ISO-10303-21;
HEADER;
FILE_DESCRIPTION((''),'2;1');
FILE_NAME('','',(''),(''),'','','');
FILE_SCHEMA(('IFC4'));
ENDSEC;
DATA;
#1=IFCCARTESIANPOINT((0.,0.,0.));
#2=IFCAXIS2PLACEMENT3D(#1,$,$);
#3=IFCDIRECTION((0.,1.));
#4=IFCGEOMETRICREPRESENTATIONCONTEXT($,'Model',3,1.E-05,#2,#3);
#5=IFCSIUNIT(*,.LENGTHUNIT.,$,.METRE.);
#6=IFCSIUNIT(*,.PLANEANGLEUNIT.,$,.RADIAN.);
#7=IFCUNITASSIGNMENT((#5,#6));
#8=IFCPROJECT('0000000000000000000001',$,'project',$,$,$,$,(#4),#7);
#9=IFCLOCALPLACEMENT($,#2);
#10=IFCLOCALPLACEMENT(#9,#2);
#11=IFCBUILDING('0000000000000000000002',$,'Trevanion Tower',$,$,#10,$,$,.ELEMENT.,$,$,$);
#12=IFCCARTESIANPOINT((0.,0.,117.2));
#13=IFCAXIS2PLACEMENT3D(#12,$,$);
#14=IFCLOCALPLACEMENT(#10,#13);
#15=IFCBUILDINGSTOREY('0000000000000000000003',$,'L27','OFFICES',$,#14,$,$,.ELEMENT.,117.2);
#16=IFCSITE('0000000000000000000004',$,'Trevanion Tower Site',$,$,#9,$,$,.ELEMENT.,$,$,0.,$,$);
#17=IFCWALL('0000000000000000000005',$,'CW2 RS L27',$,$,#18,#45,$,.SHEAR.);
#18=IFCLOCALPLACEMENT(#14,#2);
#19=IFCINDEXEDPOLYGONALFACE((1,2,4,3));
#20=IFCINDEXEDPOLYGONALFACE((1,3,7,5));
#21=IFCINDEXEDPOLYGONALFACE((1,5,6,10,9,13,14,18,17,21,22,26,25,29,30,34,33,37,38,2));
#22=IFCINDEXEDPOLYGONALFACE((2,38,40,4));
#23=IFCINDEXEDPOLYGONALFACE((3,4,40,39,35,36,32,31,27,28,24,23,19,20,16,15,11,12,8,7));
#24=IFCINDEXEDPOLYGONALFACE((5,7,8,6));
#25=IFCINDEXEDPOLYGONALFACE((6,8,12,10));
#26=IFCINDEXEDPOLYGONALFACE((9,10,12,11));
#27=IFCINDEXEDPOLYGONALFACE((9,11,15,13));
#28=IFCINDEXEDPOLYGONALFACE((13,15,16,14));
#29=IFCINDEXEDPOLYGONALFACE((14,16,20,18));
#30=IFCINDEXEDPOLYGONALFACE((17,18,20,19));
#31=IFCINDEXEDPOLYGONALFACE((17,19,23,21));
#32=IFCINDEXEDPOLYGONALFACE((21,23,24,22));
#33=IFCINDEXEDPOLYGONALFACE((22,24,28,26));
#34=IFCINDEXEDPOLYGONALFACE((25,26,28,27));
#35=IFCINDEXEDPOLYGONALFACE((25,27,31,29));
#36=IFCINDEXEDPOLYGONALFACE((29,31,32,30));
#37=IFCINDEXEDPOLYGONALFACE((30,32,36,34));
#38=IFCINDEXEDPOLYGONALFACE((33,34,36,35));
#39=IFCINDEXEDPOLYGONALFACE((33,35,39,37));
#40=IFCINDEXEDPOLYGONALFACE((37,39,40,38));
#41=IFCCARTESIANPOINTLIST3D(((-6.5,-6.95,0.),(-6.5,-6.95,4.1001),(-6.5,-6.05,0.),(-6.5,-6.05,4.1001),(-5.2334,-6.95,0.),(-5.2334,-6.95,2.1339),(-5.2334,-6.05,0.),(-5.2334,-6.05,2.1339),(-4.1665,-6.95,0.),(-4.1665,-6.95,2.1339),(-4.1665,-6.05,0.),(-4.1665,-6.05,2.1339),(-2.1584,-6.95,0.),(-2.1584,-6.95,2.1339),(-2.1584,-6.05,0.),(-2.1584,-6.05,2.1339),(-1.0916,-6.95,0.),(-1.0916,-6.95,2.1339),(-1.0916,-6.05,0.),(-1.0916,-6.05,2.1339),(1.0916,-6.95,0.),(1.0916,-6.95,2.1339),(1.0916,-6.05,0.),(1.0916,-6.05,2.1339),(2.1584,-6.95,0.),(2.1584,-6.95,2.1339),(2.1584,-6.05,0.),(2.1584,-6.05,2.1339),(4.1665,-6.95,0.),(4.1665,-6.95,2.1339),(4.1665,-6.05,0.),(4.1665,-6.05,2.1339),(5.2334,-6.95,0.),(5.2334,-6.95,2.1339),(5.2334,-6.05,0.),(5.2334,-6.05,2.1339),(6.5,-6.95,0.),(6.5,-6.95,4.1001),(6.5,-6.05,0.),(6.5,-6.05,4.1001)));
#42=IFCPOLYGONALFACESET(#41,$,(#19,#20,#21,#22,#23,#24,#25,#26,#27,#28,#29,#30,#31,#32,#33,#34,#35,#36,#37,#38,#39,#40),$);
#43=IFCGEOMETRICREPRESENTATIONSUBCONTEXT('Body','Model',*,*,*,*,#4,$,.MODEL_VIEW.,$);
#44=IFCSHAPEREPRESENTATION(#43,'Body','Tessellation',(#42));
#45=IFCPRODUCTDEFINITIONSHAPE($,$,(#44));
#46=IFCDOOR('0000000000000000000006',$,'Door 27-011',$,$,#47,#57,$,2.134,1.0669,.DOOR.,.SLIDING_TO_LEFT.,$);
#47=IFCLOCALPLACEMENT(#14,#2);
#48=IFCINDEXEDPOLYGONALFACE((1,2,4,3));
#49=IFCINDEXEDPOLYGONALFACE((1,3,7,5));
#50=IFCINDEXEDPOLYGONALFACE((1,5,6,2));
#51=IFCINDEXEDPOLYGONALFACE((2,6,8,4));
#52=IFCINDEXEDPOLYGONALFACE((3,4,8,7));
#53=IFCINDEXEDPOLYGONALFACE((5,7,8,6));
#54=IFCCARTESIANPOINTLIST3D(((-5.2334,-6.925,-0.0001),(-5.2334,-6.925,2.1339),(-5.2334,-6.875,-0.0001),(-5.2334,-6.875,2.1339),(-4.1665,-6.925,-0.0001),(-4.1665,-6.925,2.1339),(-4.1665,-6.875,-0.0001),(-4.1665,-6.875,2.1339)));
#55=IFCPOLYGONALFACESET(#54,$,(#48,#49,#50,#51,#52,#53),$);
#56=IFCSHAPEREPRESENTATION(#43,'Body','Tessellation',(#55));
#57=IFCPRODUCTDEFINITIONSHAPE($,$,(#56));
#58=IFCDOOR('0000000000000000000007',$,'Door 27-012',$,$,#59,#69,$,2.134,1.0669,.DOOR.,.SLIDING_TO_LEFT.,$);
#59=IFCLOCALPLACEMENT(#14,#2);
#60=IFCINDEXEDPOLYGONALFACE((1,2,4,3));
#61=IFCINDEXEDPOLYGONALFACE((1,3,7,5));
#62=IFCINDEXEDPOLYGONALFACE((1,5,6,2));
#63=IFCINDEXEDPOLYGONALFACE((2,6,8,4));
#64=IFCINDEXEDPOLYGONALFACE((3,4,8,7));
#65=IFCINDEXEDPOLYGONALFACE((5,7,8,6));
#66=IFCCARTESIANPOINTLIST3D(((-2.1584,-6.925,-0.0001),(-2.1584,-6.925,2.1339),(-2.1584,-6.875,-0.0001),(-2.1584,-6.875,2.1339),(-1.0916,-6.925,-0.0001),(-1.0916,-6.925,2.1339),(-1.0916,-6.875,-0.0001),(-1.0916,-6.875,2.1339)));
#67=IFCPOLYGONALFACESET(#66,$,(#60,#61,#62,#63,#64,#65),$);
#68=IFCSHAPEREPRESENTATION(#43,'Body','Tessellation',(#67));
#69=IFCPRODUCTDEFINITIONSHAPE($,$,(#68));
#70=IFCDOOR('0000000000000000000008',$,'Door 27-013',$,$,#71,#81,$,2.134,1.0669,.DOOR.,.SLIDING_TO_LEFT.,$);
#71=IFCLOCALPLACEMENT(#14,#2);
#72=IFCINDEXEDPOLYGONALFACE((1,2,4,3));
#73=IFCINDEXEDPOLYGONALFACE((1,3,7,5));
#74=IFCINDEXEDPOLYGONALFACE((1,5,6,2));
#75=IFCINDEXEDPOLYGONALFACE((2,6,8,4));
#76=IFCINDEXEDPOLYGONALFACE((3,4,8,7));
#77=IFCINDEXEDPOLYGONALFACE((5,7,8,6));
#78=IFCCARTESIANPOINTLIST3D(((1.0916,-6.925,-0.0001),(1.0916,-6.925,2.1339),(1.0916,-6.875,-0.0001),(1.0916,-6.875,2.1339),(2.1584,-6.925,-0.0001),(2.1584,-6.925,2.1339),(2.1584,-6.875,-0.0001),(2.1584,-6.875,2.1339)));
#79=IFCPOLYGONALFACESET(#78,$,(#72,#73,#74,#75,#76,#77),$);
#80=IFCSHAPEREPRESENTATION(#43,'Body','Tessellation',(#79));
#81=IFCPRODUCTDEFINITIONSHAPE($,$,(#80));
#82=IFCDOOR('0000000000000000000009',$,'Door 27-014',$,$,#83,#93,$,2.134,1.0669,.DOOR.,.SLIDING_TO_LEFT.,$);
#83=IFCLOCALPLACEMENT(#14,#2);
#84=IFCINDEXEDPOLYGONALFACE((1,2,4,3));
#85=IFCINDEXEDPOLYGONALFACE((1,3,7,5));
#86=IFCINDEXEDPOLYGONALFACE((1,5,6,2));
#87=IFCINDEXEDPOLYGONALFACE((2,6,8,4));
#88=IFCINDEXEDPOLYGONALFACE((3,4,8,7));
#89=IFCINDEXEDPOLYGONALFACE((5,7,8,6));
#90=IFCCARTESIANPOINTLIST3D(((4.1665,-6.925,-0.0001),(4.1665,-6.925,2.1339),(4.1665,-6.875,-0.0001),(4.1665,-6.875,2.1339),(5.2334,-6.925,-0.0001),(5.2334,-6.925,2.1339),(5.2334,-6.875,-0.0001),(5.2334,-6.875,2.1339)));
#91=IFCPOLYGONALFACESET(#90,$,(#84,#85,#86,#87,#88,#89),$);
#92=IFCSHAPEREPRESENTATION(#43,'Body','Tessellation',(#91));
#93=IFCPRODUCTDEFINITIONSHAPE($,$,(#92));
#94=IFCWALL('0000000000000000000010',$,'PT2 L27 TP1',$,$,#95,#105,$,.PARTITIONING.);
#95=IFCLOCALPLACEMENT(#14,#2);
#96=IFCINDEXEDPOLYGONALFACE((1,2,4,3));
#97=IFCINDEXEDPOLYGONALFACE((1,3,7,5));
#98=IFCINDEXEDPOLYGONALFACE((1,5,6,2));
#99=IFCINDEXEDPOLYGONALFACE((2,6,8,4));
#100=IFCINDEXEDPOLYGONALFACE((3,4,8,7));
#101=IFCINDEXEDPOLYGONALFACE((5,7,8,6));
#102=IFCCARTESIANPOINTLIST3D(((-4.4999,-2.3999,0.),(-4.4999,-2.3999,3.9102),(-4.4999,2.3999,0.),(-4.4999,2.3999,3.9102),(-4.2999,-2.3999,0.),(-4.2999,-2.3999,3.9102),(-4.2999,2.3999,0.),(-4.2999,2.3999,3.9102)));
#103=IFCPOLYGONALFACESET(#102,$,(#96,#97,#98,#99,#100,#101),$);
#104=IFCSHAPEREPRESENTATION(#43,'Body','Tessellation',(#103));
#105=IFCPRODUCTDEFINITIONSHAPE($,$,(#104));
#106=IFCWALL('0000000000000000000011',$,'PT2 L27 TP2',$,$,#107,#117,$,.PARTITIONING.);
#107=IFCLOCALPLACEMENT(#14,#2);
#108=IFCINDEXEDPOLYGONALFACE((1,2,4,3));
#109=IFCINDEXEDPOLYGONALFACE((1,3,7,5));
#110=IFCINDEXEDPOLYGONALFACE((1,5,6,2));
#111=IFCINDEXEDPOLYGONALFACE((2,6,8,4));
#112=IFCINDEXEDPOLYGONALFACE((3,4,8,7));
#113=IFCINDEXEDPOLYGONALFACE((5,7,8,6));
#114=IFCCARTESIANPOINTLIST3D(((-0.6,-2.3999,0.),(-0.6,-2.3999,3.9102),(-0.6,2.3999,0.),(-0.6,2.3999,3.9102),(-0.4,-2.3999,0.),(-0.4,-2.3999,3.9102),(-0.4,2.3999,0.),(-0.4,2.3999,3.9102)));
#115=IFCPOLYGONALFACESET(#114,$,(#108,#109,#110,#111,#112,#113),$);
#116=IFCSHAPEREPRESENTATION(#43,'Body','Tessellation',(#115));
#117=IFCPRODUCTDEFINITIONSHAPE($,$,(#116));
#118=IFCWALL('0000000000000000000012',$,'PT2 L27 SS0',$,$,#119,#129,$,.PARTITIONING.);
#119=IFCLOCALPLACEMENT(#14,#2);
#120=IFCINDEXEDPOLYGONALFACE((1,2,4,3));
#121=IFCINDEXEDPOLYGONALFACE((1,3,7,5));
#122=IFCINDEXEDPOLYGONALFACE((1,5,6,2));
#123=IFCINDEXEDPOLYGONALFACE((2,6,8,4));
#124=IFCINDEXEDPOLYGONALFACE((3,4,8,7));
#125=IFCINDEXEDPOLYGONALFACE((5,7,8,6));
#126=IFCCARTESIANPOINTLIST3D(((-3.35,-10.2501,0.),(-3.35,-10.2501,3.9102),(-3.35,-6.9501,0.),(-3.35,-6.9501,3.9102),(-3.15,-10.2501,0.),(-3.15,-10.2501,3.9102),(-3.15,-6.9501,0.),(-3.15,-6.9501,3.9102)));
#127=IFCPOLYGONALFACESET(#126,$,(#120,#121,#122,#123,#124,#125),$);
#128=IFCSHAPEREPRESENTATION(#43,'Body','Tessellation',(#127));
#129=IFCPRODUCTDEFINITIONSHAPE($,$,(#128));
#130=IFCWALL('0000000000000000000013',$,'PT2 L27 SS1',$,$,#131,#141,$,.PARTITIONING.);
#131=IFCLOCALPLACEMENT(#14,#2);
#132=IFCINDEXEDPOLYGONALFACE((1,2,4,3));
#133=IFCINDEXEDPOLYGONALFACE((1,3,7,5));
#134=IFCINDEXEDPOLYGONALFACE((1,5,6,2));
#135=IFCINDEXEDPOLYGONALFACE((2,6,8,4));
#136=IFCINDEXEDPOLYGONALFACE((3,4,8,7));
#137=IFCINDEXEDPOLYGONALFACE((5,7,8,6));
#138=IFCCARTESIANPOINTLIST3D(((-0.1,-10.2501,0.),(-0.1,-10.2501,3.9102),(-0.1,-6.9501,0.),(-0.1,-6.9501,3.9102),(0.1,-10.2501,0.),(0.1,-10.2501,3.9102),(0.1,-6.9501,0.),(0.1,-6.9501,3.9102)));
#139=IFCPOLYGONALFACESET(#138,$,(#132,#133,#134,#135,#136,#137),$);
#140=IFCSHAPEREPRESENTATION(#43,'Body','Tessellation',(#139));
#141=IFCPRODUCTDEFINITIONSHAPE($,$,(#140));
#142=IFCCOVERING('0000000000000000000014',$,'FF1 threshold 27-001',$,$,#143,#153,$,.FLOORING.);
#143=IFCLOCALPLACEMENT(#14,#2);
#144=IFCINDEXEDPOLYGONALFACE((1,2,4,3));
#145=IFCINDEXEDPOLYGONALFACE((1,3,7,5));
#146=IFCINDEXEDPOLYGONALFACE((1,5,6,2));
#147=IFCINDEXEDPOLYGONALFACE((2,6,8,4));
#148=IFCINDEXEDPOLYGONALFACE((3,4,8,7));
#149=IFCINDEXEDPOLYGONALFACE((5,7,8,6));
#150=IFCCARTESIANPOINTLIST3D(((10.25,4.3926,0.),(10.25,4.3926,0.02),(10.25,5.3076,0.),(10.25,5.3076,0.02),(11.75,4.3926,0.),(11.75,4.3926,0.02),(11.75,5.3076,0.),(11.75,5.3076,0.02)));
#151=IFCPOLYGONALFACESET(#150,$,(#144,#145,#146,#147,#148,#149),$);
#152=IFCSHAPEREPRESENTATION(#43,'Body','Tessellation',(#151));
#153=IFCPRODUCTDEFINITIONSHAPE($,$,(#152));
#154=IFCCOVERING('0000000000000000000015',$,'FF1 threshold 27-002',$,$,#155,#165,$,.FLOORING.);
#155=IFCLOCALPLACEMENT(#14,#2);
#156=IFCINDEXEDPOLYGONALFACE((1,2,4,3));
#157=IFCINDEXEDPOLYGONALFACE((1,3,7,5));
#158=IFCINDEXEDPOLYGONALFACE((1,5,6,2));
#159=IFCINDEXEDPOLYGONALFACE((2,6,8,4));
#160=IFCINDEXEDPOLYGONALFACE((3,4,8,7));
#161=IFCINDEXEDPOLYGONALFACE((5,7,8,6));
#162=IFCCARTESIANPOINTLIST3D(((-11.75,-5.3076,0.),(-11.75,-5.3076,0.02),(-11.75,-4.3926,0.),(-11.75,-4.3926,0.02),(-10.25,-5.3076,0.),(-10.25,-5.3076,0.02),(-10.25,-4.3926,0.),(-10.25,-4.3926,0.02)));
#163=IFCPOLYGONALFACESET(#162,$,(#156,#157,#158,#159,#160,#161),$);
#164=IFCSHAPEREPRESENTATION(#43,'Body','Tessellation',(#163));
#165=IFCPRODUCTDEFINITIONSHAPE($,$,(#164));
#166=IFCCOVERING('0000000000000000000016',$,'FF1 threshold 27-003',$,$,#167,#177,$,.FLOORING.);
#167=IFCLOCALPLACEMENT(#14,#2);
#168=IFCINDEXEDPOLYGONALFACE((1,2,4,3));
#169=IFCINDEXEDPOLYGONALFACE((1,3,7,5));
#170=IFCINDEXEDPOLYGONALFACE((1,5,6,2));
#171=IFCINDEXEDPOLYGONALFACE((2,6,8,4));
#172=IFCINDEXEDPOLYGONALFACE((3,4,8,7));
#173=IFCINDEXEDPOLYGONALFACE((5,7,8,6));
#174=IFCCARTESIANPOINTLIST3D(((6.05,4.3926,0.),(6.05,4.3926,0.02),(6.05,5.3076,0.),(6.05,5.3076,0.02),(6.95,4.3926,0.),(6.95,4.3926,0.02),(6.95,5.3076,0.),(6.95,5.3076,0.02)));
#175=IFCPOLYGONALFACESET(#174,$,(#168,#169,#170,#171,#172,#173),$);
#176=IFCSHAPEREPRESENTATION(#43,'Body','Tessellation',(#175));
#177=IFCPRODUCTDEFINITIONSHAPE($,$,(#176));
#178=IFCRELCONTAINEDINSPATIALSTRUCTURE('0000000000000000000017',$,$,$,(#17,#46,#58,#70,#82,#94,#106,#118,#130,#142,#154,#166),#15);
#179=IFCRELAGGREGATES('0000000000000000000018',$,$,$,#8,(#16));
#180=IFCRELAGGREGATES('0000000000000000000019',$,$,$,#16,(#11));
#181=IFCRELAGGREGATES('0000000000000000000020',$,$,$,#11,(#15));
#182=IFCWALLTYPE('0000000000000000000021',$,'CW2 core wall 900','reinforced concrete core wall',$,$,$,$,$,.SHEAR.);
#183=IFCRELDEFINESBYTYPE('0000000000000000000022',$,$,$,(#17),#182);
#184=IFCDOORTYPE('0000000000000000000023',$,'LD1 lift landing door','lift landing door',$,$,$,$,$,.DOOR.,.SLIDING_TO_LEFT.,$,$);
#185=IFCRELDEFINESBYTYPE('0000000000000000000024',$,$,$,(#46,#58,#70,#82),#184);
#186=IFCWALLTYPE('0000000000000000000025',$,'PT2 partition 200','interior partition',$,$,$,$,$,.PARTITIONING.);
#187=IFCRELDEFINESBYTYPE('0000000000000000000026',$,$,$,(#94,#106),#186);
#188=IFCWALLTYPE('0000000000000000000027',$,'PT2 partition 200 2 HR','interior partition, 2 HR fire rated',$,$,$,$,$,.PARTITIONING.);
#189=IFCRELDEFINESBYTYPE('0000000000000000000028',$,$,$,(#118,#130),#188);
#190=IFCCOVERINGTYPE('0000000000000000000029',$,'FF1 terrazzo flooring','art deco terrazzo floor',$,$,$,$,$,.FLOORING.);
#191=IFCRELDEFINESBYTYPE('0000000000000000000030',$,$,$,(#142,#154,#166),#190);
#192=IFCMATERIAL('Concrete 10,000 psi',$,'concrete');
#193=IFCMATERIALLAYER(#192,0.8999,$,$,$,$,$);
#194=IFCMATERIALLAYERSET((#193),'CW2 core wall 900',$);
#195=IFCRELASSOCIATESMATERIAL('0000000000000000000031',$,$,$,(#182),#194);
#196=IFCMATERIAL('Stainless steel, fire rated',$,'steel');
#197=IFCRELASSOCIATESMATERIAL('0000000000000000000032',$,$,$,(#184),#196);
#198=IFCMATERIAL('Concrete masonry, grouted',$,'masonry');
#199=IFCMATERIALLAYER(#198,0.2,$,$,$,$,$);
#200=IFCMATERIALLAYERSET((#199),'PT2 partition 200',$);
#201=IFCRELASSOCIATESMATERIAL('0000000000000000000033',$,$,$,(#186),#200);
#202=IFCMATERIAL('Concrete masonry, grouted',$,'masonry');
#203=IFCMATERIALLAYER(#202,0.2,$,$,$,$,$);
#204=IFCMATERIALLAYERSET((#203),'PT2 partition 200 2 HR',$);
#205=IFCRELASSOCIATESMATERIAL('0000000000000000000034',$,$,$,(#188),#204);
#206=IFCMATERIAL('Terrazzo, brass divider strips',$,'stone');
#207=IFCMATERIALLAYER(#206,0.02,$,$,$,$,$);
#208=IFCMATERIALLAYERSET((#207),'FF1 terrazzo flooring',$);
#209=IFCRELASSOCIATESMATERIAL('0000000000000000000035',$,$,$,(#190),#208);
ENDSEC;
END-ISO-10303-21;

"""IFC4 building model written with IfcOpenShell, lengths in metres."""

from ifc_helpers import new_model, si_unit, direction, frame, frame_2d, origin, place, context, subcontext, project, spatial, polyline, rectangle, outline, extrude, material, layer, layer_set, type_object, element, fill, save


model = new_model("IFC4")

# Units and contexts
model_context = context("Model", 3, precision=1e-05, world=origin(), true_north=direction((0.0, 1.0)))
body_context = subcontext(model_context, "Body", "Model", "MODEL_VIEW")
ifc_project = project(units=[si_unit("LENGTHUNIT", "METRE"), si_unit("PLANEANGLEUNIT", "RADIAN")], contexts=[model_context])

# Site, building, storey
site_placement = place(None, origin())
site = spatial("IfcSite", under=ifc_project, at=site_placement, Name="Trevanion Tower Site", CompositionType="ELEMENT", RefElevation=0.0)
building_placement = place(site_placement, origin())
building = spatial("IfcBuilding", under=site, at=building_placement, Name="Trevanion Tower", CompositionType="ELEMENT")
storey_placement = place(building_placement, frame((0.0, 0.0, 117.2)))
storey = spatial("IfcBuildingStorey", under=building, at=storey_placement, Name="L27", Description="OFFICES", CompositionType="ELEMENT", Elevation=117.2)

# Wall, openings, doors
ifc_material_1 = material(Name="Concrete 10,000 psi", Category="concrete")
ifc_layer_1 = layer(ifc_material_1, 0.8999)
ifc_layer_set_1 = layer_set([ifc_layer_1], Name="CW2 core wall 900")
wall_type_1 = type_object("IfcWallType", Name="CW2 core wall 900", Description="reinforced concrete core wall", PredefinedType="SHEAR", material=ifc_layer_set_1)
wall_placement = place(storey_placement, frame((-6.5, -6.5, 0.0), z_axis=(0.0, 0.0, 1.0), x_axis=(1.0, 0.0, 0.0)))
wall = element("IfcWall", 1, at=wall_placement, inside=storey, type_object=wall_type_1, Name="CW2 RS L27", PredefinedType="SHEAR", context=body_context, shape_type="SweptSolid", body=[
    extrude(rectangle(XDim=13.0, YDim=0.8999, at=frame_2d((6.5, 0.0))), origin(), (0.0, 0.0, 1.0), 4.1001),
])
opening_1_placement = place(wall_placement, frame((1.2666, 0.0, 0.0)))
opening_1 = element("IfcOpeningElement", 2, at=opening_1_placement, cuts=wall, PredefinedType="OPENING", context=body_context, shape_type="SweptSolid", body=[
    extrude(rectangle(XDim=1.0669, YDim=2.134, at=frame_2d((0.5334, 1.0669))), frame((0.0, 0.46, 0.0), z_axis=(0.0, -1.0, 0.0), x_axis=(1.0, 0.0, 0.0)), (0.0, 0.0, 1.0), 0.9199),
])
opening_2_placement = place(wall_placement, frame((4.3416, 0.0, 0.0)))
opening_2 = element("IfcOpeningElement", 3, at=opening_2_placement, cuts=wall, PredefinedType="OPENING", context=body_context, shape_type="SweptSolid", body=[
    extrude(rectangle(XDim=1.0669, YDim=2.134, at=frame_2d((0.5334, 1.0669))), frame((0.0, 0.46, 0.0), z_axis=(0.0, -1.0, 0.0), x_axis=(1.0, 0.0, 0.0)), (0.0, 0.0, 1.0), 0.9199),
])
opening_3_placement = place(wall_placement, frame((7.5916, 0.0, 0.0)))
opening_3 = element("IfcOpeningElement", 4, at=opening_3_placement, cuts=wall, PredefinedType="OPENING", context=body_context, shape_type="SweptSolid", body=[
    extrude(rectangle(XDim=1.0669, YDim=2.134, at=frame_2d((0.5334, 1.0669))), frame((0.0, 0.46, 0.0), z_axis=(0.0, -1.0, 0.0), x_axis=(1.0, 0.0, 0.0)), (0.0, 0.0, 1.0), 0.9199),
])
opening_4_placement = place(wall_placement, frame((10.6665, 0.0, 0.0)))
opening_4 = element("IfcOpeningElement", 5, at=opening_4_placement, cuts=wall, PredefinedType="OPENING", context=body_context, shape_type="SweptSolid", body=[
    extrude(rectangle(XDim=1.0669, YDim=2.134, at=frame_2d((0.5334, 1.0669))), frame((0.0, 0.46, 0.0), z_axis=(0.0, -1.0, 0.0), x_axis=(1.0, 0.0, 0.0)), (0.0, 0.0, 1.0), 0.9199),
])
ifc_material_2 = material(Name="Stainless steel, fire rated", Category="steel")
door_type = type_object("IfcDoorType", Name="LD1 lift landing door", Description="lift landing door", OperationType="SLIDING_TO_LEFT", PredefinedType="DOOR", material=ifc_material_2)
door_1_placement = place(opening_1_placement, origin())
door_1 = element("IfcDoor", 6, at=door_1_placement, inside=storey, type_object=door_type, Name="Door 27-011", OperationType="SLIDING_TO_LEFT", OverallHeight=2.134, OverallWidth=1.0669, PredefinedType="DOOR", context=body_context, shape_type="SweptSolid", body=[
    extrude(rectangle(XDim=1.0669, YDim=2.134, at=frame_2d((0.5334, 1.0669))), frame((0.0, -0.375, 0.0), z_axis=(0.0, -1.0, 0.0), x_axis=(1.0, 0.0, 0.0)), (0.0, 0.0, 1.0), 0.05),
])
fill(opening_1, door_1)
door_2_placement = place(opening_2_placement, origin())
door_2 = element("IfcDoor", 7, at=door_2_placement, inside=storey, type_object=door_type, Name="Door 27-012", OperationType="SLIDING_TO_LEFT", OverallHeight=2.134, OverallWidth=1.0669, PredefinedType="DOOR", context=body_context, shape_type="SweptSolid", body=[
    extrude(rectangle(XDim=1.0669, YDim=2.134, at=frame_2d((0.5334, 1.0669))), frame((0.0, -0.375, 0.0), z_axis=(0.0, -1.0, 0.0), x_axis=(1.0, 0.0, 0.0)), (0.0, 0.0, 1.0), 0.05),
])
fill(opening_2, door_2)
door_3_placement = place(opening_3_placement, origin())
door_3 = element("IfcDoor", 8, at=door_3_placement, inside=storey, type_object=door_type, Name="Door 27-013", OperationType="SLIDING_TO_LEFT", OverallHeight=2.134, OverallWidth=1.0669, PredefinedType="DOOR", context=body_context, shape_type="SweptSolid", body=[
    extrude(rectangle(XDim=1.0669, YDim=2.134, at=frame_2d((0.5334, 1.0669))), frame((0.0, -0.375, 0.0), z_axis=(0.0, -1.0, 0.0), x_axis=(1.0, 0.0, 0.0)), (0.0, 0.0, 1.0), 0.05),
])
fill(opening_3, door_3)
door_4_placement = place(opening_4_placement, origin())
door_4 = element("IfcDoor", 9, at=door_4_placement, inside=storey, type_object=door_type, Name="Door 27-014", OperationType="SLIDING_TO_LEFT", OverallHeight=2.134, OverallWidth=1.0669, PredefinedType="DOOR", context=body_context, shape_type="SweptSolid", body=[
    extrude(rectangle(XDim=1.0669, YDim=2.134, at=frame_2d((0.5334, 1.0669))), frame((0.0, -0.375, 0.0), z_axis=(0.0, -1.0, 0.0), x_axis=(1.0, 0.0, 0.0)), (0.0, 0.0, 1.0), 0.05),
])
fill(opening_4, door_4)

# Walls
ifc_material_3 = material(Name="Concrete masonry, grouted", Category="masonry")
ifc_layer_2 = layer(ifc_material_3, 0.2)
ifc_layer_set_2 = layer_set([ifc_layer_2], Name="PT2 partition 200")
wall_type_2 = type_object("IfcWallType", Name="PT2 partition 200", Description="interior partition", PredefinedType="PARTITIONING", material=ifc_layer_set_2)
for number, where, z_axis, x_axis, name in (
    (10, (-4.3999, -2.3999, 0.0), (0.0, 0.0, 1.0), (0.0, 1.0, 0.0), "PT2 L27 TP1"),
    (11, (-0.5, -2.3999, 0.0), (0.0, 0.0, 1.0), (0.0, 1.0, 0.0), "PT2 L27 TP2"),
):
    element("IfcWall", number, at=place(storey_placement, frame(where, z_axis=z_axis, x_axis=x_axis)), inside=storey, type_object=wall_type_2, Name=name, PredefinedType="PARTITIONING", context=body_context, shape_type="SweptSolid", body=[
        extrude(rectangle(XDim=4.7998, YDim=0.2, at=frame_2d((2.3999, 0.0))), origin(), (0.0, 0.0, 1.0), 3.9102),
    ])
ifc_material_4 = material(Name="Concrete masonry, grouted", Category="masonry")
ifc_layer_3 = layer(ifc_material_4, 0.2)
ifc_layer_set_3 = layer_set([ifc_layer_3], Name="PT2 partition 200 2 HR")
wall_type_3 = type_object("IfcWallType", Name="PT2 partition 200 2 HR", Description="interior partition, 2 HR fire rated", PredefinedType="PARTITIONING", material=ifc_layer_set_3)
for number, where, z_axis, x_axis, name in (
    (12, (-3.25, -10.25, 0.0), (0.0, 0.0, 1.0), (0.0, 1.0, 0.0), "PT2 L27 SS0"),
    (13, (0.0, -10.25, 0.0), (0.0, 0.0, 1.0), (0.0, 1.0, 0.0), "PT2 L27 SS1"),
):
    element("IfcWall", number, at=place(storey_placement, frame(where, z_axis=z_axis, x_axis=x_axis)), inside=storey, type_object=wall_type_3, Name=name, PredefinedType="PARTITIONING", context=body_context, shape_type="SweptSolid", body=[
        extrude(rectangle(XDim=3.3, YDim=0.2, at=frame_2d((1.6499, 0.0))), origin(), (0.0, 0.0, 1.0), 3.9102),
    ])

# Coverings
ifc_material_5 = material(Name="Terrazzo, brass divider strips", Category="stone")
ifc_layer_4 = layer(ifc_material_5, 0.02)
ifc_layer_set_4 = layer_set([ifc_layer_4], Name="FF1 terrazzo flooring")
covering_type = type_object("IfcCoveringType", Name="FF1 terrazzo flooring", Description="art deco terrazzo floor", PredefinedType="FLOORING", material=ifc_layer_set_4)
covering_1_placement = place(storey_placement, origin())
element("IfcCovering", 14, at=covering_1_placement, inside=storey, type_object=covering_type, Name="FF1 threshold 27-001", PredefinedType="FLOORING", context=body_context, shape_type="SweptSolid", body=[
    extrude(outline(polyline([(11.75, 4.3926), (11.75, 5.3076), (10.25, 5.3076), (10.25, 4.3926), (11.75, 4.3926)])), origin(), (0.0, 0.0, 1.0), 0.02),
])
covering_2_placement = place(storey_placement, origin())
element("IfcCovering", 15, at=covering_2_placement, inside=storey, type_object=covering_type, Name="FF1 threshold 27-002", PredefinedType="FLOORING", context=body_context, shape_type="SweptSolid", body=[
    extrude(outline(polyline([(-11.75, -4.3926), (-11.75, -5.3076), (-10.25, -5.3076), (-10.25, -4.3926), (-11.75, -4.3926)])), origin(), (0.0, 0.0, 1.0), 0.02),
])
covering_3_placement = place(storey_placement, origin())
element("IfcCovering", 16, at=covering_3_placement, inside=storey, type_object=covering_type, Name="FF1 threshold 27-003", PredefinedType="FLOORING", context=body_context, shape_type="SweptSolid", body=[
    extrude(outline(polyline([(6.95, 4.3926), (6.95, 5.3076), (6.05, 5.3076), (6.05, 4.3926), (6.95, 4.3926)])), origin(), (0.0, 0.0, 1.0), 0.02),
])

save(model, "model.ifc")
